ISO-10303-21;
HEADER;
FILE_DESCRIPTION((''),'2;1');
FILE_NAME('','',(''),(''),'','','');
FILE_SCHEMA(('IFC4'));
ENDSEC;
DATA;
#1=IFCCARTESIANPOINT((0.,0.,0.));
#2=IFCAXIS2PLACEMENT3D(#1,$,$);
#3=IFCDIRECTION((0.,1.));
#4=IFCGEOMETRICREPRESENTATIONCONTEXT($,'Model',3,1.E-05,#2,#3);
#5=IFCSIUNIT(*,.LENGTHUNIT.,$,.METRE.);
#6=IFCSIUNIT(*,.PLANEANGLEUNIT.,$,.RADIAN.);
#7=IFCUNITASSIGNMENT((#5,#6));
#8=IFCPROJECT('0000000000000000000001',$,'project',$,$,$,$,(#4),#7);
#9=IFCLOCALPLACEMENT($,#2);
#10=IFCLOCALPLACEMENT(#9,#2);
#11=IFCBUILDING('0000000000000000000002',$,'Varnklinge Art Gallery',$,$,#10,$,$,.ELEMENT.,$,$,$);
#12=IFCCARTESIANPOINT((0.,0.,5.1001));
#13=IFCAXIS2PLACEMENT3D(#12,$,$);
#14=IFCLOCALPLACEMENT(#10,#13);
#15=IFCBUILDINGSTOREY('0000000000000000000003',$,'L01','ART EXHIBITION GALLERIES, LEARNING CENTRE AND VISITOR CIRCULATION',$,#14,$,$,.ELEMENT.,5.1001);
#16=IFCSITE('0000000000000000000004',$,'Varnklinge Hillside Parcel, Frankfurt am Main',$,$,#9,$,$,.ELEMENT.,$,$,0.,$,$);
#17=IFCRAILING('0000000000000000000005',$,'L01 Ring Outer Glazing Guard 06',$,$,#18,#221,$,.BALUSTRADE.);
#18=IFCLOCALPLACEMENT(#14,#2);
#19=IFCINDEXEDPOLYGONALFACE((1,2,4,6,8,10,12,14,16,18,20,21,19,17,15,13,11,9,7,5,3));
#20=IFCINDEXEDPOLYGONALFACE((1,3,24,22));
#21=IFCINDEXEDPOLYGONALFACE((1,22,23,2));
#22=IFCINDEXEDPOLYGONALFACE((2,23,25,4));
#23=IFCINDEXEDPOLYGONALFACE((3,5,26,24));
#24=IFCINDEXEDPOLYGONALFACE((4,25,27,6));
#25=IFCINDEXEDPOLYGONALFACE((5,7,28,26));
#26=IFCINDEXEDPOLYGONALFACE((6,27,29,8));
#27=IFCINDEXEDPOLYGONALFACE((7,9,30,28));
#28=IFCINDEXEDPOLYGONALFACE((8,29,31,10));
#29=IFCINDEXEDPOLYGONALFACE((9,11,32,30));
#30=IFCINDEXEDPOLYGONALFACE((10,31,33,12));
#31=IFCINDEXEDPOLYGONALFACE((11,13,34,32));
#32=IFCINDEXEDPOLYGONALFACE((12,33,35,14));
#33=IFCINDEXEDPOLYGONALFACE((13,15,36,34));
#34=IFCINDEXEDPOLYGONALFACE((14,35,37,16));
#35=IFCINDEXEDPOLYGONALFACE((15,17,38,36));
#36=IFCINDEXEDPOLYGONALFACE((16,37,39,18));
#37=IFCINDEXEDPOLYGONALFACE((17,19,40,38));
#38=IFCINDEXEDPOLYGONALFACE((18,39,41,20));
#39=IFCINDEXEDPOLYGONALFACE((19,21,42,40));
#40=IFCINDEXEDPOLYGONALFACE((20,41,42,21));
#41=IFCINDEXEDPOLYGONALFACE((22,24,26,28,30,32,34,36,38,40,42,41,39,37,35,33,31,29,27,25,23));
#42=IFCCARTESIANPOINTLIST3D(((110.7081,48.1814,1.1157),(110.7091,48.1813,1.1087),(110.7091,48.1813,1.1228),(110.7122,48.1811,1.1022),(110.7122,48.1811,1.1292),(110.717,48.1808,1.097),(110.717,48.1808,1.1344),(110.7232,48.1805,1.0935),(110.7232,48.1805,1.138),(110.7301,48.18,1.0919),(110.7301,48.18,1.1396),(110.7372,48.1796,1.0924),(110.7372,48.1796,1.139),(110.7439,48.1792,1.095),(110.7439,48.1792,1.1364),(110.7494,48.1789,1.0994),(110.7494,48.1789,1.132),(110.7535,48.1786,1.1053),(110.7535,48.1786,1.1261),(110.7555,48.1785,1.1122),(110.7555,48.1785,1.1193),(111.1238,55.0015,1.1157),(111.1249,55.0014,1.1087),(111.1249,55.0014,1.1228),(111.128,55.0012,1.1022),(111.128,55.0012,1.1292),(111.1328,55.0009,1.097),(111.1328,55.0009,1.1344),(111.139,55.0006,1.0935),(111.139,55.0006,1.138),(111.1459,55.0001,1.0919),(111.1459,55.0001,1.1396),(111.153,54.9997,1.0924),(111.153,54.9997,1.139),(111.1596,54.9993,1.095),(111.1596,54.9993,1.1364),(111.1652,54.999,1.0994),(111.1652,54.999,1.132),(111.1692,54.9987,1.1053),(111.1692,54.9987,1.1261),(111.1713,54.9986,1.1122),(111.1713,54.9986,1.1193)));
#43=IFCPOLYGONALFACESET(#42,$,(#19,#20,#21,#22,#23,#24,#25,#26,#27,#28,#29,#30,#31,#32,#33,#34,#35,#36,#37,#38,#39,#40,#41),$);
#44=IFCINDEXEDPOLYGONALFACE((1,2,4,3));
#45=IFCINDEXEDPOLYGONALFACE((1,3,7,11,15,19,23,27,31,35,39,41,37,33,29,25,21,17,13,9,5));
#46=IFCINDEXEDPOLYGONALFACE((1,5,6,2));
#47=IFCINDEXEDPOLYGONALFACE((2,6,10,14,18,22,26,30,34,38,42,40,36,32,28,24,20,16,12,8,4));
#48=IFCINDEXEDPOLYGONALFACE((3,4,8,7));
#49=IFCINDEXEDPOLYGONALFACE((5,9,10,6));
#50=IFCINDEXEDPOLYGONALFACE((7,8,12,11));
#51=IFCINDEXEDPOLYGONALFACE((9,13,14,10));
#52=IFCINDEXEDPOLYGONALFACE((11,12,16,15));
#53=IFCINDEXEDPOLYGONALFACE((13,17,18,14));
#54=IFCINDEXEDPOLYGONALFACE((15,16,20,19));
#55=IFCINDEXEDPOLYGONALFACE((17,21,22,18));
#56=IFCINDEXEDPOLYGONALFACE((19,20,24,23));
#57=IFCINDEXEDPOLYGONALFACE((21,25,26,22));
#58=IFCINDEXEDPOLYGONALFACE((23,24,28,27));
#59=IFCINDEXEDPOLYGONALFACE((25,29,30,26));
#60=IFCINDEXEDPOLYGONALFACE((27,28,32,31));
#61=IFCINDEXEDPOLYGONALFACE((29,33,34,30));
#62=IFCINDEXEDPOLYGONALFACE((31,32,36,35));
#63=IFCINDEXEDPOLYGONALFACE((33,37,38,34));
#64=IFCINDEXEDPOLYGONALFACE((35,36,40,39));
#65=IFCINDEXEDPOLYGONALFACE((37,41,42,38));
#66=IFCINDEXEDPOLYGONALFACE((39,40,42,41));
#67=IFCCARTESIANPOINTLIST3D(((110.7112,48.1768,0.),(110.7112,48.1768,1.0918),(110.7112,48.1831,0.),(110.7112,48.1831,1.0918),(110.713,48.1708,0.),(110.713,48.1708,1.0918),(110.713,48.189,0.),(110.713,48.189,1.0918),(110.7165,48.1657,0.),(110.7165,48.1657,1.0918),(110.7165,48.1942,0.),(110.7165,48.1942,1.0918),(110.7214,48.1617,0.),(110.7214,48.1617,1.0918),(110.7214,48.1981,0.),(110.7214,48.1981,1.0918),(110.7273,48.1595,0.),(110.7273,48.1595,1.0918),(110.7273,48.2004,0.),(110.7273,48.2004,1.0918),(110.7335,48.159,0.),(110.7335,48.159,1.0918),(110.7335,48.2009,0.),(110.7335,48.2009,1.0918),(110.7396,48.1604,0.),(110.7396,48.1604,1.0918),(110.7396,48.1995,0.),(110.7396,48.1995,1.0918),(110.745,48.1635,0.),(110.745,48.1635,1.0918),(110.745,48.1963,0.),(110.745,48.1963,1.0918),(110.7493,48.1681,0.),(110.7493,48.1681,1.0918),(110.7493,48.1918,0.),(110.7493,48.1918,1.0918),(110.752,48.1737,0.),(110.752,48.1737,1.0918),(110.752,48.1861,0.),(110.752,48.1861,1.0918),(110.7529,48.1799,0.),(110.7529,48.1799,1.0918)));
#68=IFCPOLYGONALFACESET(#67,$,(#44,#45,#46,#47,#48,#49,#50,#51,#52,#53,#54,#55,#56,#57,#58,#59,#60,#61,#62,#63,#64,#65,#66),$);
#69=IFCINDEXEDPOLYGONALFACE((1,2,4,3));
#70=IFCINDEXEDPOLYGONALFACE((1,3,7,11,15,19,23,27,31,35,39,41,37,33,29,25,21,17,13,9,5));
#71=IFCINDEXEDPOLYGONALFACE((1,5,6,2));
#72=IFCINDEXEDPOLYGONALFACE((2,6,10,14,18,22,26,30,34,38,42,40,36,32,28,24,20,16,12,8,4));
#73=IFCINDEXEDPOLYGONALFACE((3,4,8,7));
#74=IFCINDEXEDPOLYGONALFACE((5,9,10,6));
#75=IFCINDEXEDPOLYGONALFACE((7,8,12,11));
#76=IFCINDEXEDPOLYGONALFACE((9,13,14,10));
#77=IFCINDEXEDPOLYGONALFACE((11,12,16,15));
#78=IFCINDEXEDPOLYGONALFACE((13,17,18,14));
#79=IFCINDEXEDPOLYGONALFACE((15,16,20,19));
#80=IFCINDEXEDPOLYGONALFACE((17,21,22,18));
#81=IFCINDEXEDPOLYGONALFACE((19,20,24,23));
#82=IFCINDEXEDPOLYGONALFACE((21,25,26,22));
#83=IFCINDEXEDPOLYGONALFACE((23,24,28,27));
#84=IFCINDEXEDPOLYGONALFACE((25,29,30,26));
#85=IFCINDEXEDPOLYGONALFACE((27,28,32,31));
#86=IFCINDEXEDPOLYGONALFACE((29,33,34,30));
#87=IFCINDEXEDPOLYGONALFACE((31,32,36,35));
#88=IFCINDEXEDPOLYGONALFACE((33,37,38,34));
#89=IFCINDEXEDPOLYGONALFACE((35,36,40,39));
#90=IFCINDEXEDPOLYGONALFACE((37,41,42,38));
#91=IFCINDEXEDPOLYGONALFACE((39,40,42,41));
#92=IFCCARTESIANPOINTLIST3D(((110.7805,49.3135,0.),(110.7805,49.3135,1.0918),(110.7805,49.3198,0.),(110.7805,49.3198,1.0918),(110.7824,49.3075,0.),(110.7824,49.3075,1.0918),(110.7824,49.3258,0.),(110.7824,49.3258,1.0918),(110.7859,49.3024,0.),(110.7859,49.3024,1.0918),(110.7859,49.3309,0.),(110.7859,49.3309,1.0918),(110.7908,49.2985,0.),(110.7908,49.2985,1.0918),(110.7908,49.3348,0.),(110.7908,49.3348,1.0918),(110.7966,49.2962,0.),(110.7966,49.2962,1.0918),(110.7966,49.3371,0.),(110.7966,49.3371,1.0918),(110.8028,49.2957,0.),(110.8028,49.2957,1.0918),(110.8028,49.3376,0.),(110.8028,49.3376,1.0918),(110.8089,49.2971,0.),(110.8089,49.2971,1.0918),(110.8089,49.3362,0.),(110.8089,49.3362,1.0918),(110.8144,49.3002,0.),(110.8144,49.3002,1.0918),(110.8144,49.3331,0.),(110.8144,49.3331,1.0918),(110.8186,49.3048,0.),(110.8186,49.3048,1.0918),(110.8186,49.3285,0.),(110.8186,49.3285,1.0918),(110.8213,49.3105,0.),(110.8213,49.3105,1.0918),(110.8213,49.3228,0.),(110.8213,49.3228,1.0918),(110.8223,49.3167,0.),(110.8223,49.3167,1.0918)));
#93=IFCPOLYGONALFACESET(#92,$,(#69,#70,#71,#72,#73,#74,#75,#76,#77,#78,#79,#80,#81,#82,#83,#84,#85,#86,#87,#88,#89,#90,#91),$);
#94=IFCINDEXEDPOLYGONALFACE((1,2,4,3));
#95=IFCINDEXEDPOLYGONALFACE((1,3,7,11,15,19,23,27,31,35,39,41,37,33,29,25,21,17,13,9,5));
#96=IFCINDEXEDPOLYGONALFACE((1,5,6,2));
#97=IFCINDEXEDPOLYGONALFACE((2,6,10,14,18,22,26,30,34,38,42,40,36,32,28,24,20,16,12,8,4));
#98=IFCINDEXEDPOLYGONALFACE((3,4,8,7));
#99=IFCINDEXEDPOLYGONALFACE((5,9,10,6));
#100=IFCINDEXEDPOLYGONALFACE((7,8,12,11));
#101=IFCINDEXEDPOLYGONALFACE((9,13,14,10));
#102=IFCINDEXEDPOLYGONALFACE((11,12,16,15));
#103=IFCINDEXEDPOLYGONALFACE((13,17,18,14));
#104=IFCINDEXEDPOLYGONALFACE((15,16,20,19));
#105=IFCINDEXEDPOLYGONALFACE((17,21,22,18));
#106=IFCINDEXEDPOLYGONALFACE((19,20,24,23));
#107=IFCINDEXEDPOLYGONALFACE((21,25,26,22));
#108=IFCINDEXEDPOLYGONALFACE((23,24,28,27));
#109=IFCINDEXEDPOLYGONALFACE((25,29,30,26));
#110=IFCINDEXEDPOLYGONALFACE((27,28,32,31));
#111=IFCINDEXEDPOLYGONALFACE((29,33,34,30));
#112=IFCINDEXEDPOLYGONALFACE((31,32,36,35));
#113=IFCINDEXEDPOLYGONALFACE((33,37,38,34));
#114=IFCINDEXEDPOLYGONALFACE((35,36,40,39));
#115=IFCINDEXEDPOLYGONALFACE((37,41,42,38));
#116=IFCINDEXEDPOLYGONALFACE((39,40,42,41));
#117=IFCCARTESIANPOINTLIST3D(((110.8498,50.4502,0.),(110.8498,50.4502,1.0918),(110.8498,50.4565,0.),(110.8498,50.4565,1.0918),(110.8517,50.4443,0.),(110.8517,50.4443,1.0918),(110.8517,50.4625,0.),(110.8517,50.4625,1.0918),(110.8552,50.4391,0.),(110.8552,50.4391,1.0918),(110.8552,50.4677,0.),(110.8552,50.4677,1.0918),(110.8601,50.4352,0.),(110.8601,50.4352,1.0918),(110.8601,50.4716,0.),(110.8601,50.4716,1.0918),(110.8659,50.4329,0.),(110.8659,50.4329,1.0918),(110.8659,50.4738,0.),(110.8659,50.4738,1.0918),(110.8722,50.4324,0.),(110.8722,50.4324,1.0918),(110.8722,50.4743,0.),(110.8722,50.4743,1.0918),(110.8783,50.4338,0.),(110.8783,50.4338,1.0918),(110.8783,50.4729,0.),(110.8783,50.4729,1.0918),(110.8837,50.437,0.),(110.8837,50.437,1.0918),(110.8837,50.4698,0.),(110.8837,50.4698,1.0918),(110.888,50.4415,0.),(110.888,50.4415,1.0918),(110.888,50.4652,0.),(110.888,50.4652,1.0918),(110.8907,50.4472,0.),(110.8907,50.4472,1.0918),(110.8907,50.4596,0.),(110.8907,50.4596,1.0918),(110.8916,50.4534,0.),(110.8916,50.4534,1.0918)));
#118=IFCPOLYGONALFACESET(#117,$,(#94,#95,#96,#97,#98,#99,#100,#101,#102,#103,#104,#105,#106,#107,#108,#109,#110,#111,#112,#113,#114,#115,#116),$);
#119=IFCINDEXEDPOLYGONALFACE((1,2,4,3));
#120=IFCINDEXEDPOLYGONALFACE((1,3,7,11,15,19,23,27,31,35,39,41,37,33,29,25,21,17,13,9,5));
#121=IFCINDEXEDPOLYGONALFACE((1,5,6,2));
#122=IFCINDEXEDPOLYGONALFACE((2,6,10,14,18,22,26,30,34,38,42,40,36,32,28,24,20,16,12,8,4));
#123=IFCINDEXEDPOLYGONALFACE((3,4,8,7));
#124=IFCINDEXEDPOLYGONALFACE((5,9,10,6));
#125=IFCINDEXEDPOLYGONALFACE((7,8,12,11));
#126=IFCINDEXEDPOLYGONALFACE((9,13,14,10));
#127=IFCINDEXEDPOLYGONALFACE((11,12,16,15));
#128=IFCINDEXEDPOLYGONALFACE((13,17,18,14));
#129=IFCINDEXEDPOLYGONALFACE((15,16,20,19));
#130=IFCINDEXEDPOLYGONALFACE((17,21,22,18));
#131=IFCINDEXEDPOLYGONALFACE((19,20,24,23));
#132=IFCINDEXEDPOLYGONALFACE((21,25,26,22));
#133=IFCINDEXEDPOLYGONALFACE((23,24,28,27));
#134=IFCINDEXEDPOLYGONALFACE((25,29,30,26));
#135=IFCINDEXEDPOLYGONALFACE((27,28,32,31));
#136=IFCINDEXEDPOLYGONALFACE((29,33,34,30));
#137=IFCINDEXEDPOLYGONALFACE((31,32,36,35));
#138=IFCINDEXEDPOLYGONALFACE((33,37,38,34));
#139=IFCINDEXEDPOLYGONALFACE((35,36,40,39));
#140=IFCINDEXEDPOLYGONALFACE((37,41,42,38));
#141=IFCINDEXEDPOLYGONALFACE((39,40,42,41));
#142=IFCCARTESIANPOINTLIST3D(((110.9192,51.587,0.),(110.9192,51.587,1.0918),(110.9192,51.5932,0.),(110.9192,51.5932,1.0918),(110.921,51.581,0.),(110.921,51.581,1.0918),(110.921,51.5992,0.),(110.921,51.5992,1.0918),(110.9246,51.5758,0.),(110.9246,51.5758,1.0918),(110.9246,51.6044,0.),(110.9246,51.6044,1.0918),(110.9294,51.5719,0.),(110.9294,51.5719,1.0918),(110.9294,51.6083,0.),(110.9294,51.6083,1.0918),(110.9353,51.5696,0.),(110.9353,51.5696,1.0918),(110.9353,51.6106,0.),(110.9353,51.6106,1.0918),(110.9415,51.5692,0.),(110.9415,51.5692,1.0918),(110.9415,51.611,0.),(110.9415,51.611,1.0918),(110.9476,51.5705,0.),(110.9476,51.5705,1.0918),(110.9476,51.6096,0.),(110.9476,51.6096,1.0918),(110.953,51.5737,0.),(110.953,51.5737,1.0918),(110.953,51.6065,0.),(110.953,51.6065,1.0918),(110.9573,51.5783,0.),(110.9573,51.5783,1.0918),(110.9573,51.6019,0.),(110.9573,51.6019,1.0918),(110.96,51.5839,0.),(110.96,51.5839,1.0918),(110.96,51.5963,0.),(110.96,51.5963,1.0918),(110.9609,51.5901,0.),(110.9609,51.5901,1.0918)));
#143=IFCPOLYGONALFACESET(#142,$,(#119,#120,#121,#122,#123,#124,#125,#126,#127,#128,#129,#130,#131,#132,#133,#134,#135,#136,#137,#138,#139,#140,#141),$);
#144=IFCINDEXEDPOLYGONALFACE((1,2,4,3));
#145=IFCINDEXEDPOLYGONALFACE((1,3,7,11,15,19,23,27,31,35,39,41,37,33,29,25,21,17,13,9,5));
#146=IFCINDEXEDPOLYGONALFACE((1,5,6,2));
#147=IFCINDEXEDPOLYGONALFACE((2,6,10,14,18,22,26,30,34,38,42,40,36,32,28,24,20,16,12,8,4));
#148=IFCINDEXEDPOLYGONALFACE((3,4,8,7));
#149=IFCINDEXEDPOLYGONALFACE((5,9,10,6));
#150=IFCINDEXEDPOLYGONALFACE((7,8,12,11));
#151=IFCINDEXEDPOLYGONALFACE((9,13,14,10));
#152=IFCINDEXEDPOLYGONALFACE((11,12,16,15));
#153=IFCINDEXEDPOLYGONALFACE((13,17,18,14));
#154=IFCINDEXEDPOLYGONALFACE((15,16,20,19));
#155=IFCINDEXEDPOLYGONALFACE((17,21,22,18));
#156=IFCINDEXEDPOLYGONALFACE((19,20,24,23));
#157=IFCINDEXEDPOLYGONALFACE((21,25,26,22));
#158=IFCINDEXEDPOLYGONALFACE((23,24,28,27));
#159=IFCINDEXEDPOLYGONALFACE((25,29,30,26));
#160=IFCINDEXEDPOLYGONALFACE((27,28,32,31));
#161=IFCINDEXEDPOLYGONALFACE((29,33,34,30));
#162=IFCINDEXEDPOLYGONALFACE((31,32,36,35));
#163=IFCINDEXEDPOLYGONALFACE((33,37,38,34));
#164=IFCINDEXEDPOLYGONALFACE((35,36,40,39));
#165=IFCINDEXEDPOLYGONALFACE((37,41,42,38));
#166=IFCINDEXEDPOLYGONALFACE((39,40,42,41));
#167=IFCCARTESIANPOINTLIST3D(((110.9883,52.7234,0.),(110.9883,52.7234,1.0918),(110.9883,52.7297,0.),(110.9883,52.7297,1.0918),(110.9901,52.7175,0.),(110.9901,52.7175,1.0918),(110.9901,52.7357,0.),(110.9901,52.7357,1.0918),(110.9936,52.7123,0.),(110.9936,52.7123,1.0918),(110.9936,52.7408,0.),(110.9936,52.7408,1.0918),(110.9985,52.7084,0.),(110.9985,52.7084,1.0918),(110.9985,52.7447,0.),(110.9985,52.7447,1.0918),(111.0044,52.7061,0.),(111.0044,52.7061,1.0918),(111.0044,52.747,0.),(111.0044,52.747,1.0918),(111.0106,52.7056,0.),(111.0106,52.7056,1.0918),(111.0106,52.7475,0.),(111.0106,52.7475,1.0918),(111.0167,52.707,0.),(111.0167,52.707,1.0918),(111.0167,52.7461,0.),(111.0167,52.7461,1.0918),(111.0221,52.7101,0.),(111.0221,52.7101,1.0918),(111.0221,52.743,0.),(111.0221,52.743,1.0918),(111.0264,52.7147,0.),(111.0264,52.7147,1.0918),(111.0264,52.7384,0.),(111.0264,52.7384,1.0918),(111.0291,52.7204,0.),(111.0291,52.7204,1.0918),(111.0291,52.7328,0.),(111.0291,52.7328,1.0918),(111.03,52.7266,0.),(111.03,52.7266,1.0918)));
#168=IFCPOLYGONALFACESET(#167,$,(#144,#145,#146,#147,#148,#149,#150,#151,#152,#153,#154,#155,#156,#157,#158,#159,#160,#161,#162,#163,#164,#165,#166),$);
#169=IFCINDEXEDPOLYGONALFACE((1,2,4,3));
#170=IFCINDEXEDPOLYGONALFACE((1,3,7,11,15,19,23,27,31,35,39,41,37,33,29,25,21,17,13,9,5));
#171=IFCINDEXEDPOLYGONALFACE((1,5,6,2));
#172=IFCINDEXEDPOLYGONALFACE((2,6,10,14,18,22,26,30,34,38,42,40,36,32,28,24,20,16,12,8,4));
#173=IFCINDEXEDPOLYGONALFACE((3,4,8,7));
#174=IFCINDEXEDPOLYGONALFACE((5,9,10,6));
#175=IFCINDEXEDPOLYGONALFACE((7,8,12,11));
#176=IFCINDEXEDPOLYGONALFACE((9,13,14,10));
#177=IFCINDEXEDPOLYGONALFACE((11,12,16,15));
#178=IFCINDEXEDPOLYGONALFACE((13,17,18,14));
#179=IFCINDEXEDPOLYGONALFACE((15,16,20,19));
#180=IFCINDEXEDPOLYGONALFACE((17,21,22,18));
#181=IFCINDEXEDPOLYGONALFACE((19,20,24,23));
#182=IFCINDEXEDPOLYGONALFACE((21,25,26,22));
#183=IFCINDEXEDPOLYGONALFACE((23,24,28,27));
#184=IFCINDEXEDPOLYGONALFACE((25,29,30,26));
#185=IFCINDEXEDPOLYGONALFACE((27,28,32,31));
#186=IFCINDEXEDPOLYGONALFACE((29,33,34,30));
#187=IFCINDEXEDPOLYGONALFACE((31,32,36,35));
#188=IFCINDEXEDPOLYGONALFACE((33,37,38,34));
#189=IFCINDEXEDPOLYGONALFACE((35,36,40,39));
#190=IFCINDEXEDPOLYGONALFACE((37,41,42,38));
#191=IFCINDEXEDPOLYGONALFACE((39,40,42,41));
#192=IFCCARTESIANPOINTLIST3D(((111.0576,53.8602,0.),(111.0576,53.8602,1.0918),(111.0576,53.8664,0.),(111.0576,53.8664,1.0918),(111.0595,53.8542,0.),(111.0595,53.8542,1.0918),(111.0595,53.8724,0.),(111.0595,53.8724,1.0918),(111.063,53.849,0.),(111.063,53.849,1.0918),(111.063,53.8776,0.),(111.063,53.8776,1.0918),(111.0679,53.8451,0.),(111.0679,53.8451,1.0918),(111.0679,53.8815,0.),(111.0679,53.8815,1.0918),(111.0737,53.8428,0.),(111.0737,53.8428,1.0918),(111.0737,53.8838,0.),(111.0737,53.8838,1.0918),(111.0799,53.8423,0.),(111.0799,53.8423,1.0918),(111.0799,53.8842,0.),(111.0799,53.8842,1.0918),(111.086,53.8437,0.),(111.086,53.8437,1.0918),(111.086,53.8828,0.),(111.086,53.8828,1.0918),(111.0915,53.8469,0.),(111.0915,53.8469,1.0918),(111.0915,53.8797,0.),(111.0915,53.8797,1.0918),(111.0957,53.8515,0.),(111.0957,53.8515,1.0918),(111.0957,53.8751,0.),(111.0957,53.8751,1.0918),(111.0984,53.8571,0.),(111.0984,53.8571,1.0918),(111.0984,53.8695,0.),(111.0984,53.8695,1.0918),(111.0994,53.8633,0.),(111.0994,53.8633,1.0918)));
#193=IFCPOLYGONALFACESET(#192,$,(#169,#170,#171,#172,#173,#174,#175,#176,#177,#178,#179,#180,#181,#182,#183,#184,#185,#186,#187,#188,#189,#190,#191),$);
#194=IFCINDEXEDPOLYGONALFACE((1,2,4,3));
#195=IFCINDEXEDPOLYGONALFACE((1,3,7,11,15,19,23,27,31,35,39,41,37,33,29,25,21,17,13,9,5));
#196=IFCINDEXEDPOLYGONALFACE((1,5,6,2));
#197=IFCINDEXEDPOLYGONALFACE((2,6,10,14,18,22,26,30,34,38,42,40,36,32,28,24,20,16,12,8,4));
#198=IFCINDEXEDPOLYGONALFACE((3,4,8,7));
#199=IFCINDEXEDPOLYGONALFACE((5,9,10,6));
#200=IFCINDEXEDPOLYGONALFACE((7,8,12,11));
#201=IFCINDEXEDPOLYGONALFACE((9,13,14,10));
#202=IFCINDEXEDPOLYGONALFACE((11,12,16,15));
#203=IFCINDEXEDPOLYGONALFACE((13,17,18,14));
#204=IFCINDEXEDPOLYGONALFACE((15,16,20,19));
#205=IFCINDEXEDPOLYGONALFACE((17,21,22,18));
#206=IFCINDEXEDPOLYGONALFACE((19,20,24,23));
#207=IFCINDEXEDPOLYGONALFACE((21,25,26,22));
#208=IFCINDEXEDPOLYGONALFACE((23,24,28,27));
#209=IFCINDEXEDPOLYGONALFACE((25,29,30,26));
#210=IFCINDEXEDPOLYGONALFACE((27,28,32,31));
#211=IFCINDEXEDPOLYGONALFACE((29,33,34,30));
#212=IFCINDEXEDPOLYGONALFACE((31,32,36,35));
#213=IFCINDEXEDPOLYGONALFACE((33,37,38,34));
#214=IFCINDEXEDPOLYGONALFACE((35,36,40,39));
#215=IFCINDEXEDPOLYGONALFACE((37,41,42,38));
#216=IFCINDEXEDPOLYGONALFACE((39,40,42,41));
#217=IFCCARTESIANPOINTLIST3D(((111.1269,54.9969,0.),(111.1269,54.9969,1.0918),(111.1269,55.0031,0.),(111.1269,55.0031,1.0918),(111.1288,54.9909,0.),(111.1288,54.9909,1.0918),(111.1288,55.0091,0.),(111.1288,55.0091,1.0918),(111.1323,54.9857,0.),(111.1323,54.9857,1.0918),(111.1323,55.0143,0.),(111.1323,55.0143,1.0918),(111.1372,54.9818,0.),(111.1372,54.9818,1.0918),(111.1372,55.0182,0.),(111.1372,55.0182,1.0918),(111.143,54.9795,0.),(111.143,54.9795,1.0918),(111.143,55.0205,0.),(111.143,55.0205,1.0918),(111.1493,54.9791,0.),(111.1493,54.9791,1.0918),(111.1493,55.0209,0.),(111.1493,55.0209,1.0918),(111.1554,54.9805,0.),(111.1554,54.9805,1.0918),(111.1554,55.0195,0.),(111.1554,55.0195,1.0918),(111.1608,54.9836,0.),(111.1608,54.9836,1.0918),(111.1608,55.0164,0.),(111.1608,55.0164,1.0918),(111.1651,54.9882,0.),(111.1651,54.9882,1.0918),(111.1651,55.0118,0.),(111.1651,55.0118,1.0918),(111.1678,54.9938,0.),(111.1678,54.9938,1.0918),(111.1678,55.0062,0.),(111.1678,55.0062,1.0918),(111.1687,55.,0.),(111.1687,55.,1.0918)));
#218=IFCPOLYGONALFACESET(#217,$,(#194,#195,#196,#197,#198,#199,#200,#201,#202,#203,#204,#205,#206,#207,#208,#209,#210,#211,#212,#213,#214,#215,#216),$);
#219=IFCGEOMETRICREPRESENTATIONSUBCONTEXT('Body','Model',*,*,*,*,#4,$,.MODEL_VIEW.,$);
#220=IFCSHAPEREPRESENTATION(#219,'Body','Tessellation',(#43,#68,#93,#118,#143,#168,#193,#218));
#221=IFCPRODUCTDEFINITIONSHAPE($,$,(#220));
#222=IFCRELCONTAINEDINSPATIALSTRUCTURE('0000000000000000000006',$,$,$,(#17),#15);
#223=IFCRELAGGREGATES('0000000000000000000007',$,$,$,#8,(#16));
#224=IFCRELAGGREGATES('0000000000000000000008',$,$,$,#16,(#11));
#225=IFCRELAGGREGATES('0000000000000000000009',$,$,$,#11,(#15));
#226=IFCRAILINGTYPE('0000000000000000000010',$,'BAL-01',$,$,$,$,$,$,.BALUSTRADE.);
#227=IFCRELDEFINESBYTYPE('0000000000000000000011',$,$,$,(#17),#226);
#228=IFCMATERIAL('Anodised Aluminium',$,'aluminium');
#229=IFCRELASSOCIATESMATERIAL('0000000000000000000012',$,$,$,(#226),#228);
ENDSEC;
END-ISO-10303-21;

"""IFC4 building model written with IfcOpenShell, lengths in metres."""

from ifc_helpers import new_model, si_unit, direction, frame, origin, origin_2d, place, context, subcontext, project, spatial, circle, extrude, material, type_object, element, save


model = new_model("IFC4")

# Units and contexts
model_context = context("Model", 3, precision=1e-05, world=origin(), true_north=direction((0.0, 1.0)))
body_context = subcontext(model_context, "Body", "Model", "MODEL_VIEW")
ifc_project = project(units=[si_unit("LENGTHUNIT", "METRE"), si_unit("PLANEANGLEUNIT", "RADIAN")], contexts=[model_context])

# Site, building, storey
site_placement = place(None, origin())
site = spatial("IfcSite", under=ifc_project, at=site_placement, Name="Varnklinge Hillside Parcel, Frankfurt am Main", CompositionType="ELEMENT", RefElevation=0.0)
building_placement = place(site_placement, origin())
building = spatial("IfcBuilding", under=site, at=building_placement, Name="Varnklinge Art Gallery", CompositionType="ELEMENT")
storey_placement = place(building_placement, frame((0.0, 0.0, 5.1001)))
storey = spatial("IfcBuildingStorey", under=building, at=storey_placement, Name="L01", Description="ART EXHIBITION GALLERIES, LEARNING CENTRE AND VISITOR CIRCULATION", CompositionType="ELEMENT", Elevation=5.1001)

# Railing
ifc_material_1 = material(Name="Anodised Aluminium", Category="aluminium")
railing_type = type_object("IfcRailingType", Name="BAL-01", PredefinedType="BALUSTRADE", material=ifc_material_1)
railing_1_placement = place(storey_placement, frame((110.7319, 48.1799, 0.0)))
element("IfcRailing", 1, at=railing_1_placement, inside=storey, type_object=railing_type, Name="L01 Ring Outer Glazing Guard 06", PredefinedType="BALUSTRADE", context=body_context, shape_type="SweptSolid", body=[
    extrude(circle(Radius=0.0239, at=origin_2d()), frame((0.0, 0.0, 1.1157), z_axis=(0.06085, 0.998147, 0.0), x_axis=(-0.998147, 0.06085, 0.0)), (0.0, 0.0, 1.0), 6.8328),
    extrude(circle(Radius=0.021, at=origin_2d()), origin(), (0.0, 0.0, 1.0), 1.0918),
    extrude(circle(Radius=0.021, at=origin_2d()), frame((0.0693, 1.1367, 0.0)), (0.0, 0.0, 1.0), 1.0918),
    extrude(circle(Radius=0.021, at=origin_2d()), frame((0.1387, 2.2734, 0.0)), (0.0, 0.0, 1.0), 1.0918),
    extrude(circle(Radius=0.021, at=origin_2d()), frame((0.208, 3.4102, 0.0)), (0.0, 0.0, 1.0), 1.0918),
    extrude(circle(Radius=0.021, at=origin_2d()), frame((0.2771, 4.5466, 0.0)), (0.0, 0.0, 1.0), 1.0918),
    extrude(circle(Radius=0.021, at=origin_2d()), frame((0.3464, 5.6833, 0.0)), (0.0, 0.0, 1.0), 1.0918),
    extrude(circle(Radius=0.021, at=origin_2d()), frame((0.4158, 6.8201, 0.0)), (0.0, 0.0, 1.0), 1.0918),
])

save(model, "model.ifc")
